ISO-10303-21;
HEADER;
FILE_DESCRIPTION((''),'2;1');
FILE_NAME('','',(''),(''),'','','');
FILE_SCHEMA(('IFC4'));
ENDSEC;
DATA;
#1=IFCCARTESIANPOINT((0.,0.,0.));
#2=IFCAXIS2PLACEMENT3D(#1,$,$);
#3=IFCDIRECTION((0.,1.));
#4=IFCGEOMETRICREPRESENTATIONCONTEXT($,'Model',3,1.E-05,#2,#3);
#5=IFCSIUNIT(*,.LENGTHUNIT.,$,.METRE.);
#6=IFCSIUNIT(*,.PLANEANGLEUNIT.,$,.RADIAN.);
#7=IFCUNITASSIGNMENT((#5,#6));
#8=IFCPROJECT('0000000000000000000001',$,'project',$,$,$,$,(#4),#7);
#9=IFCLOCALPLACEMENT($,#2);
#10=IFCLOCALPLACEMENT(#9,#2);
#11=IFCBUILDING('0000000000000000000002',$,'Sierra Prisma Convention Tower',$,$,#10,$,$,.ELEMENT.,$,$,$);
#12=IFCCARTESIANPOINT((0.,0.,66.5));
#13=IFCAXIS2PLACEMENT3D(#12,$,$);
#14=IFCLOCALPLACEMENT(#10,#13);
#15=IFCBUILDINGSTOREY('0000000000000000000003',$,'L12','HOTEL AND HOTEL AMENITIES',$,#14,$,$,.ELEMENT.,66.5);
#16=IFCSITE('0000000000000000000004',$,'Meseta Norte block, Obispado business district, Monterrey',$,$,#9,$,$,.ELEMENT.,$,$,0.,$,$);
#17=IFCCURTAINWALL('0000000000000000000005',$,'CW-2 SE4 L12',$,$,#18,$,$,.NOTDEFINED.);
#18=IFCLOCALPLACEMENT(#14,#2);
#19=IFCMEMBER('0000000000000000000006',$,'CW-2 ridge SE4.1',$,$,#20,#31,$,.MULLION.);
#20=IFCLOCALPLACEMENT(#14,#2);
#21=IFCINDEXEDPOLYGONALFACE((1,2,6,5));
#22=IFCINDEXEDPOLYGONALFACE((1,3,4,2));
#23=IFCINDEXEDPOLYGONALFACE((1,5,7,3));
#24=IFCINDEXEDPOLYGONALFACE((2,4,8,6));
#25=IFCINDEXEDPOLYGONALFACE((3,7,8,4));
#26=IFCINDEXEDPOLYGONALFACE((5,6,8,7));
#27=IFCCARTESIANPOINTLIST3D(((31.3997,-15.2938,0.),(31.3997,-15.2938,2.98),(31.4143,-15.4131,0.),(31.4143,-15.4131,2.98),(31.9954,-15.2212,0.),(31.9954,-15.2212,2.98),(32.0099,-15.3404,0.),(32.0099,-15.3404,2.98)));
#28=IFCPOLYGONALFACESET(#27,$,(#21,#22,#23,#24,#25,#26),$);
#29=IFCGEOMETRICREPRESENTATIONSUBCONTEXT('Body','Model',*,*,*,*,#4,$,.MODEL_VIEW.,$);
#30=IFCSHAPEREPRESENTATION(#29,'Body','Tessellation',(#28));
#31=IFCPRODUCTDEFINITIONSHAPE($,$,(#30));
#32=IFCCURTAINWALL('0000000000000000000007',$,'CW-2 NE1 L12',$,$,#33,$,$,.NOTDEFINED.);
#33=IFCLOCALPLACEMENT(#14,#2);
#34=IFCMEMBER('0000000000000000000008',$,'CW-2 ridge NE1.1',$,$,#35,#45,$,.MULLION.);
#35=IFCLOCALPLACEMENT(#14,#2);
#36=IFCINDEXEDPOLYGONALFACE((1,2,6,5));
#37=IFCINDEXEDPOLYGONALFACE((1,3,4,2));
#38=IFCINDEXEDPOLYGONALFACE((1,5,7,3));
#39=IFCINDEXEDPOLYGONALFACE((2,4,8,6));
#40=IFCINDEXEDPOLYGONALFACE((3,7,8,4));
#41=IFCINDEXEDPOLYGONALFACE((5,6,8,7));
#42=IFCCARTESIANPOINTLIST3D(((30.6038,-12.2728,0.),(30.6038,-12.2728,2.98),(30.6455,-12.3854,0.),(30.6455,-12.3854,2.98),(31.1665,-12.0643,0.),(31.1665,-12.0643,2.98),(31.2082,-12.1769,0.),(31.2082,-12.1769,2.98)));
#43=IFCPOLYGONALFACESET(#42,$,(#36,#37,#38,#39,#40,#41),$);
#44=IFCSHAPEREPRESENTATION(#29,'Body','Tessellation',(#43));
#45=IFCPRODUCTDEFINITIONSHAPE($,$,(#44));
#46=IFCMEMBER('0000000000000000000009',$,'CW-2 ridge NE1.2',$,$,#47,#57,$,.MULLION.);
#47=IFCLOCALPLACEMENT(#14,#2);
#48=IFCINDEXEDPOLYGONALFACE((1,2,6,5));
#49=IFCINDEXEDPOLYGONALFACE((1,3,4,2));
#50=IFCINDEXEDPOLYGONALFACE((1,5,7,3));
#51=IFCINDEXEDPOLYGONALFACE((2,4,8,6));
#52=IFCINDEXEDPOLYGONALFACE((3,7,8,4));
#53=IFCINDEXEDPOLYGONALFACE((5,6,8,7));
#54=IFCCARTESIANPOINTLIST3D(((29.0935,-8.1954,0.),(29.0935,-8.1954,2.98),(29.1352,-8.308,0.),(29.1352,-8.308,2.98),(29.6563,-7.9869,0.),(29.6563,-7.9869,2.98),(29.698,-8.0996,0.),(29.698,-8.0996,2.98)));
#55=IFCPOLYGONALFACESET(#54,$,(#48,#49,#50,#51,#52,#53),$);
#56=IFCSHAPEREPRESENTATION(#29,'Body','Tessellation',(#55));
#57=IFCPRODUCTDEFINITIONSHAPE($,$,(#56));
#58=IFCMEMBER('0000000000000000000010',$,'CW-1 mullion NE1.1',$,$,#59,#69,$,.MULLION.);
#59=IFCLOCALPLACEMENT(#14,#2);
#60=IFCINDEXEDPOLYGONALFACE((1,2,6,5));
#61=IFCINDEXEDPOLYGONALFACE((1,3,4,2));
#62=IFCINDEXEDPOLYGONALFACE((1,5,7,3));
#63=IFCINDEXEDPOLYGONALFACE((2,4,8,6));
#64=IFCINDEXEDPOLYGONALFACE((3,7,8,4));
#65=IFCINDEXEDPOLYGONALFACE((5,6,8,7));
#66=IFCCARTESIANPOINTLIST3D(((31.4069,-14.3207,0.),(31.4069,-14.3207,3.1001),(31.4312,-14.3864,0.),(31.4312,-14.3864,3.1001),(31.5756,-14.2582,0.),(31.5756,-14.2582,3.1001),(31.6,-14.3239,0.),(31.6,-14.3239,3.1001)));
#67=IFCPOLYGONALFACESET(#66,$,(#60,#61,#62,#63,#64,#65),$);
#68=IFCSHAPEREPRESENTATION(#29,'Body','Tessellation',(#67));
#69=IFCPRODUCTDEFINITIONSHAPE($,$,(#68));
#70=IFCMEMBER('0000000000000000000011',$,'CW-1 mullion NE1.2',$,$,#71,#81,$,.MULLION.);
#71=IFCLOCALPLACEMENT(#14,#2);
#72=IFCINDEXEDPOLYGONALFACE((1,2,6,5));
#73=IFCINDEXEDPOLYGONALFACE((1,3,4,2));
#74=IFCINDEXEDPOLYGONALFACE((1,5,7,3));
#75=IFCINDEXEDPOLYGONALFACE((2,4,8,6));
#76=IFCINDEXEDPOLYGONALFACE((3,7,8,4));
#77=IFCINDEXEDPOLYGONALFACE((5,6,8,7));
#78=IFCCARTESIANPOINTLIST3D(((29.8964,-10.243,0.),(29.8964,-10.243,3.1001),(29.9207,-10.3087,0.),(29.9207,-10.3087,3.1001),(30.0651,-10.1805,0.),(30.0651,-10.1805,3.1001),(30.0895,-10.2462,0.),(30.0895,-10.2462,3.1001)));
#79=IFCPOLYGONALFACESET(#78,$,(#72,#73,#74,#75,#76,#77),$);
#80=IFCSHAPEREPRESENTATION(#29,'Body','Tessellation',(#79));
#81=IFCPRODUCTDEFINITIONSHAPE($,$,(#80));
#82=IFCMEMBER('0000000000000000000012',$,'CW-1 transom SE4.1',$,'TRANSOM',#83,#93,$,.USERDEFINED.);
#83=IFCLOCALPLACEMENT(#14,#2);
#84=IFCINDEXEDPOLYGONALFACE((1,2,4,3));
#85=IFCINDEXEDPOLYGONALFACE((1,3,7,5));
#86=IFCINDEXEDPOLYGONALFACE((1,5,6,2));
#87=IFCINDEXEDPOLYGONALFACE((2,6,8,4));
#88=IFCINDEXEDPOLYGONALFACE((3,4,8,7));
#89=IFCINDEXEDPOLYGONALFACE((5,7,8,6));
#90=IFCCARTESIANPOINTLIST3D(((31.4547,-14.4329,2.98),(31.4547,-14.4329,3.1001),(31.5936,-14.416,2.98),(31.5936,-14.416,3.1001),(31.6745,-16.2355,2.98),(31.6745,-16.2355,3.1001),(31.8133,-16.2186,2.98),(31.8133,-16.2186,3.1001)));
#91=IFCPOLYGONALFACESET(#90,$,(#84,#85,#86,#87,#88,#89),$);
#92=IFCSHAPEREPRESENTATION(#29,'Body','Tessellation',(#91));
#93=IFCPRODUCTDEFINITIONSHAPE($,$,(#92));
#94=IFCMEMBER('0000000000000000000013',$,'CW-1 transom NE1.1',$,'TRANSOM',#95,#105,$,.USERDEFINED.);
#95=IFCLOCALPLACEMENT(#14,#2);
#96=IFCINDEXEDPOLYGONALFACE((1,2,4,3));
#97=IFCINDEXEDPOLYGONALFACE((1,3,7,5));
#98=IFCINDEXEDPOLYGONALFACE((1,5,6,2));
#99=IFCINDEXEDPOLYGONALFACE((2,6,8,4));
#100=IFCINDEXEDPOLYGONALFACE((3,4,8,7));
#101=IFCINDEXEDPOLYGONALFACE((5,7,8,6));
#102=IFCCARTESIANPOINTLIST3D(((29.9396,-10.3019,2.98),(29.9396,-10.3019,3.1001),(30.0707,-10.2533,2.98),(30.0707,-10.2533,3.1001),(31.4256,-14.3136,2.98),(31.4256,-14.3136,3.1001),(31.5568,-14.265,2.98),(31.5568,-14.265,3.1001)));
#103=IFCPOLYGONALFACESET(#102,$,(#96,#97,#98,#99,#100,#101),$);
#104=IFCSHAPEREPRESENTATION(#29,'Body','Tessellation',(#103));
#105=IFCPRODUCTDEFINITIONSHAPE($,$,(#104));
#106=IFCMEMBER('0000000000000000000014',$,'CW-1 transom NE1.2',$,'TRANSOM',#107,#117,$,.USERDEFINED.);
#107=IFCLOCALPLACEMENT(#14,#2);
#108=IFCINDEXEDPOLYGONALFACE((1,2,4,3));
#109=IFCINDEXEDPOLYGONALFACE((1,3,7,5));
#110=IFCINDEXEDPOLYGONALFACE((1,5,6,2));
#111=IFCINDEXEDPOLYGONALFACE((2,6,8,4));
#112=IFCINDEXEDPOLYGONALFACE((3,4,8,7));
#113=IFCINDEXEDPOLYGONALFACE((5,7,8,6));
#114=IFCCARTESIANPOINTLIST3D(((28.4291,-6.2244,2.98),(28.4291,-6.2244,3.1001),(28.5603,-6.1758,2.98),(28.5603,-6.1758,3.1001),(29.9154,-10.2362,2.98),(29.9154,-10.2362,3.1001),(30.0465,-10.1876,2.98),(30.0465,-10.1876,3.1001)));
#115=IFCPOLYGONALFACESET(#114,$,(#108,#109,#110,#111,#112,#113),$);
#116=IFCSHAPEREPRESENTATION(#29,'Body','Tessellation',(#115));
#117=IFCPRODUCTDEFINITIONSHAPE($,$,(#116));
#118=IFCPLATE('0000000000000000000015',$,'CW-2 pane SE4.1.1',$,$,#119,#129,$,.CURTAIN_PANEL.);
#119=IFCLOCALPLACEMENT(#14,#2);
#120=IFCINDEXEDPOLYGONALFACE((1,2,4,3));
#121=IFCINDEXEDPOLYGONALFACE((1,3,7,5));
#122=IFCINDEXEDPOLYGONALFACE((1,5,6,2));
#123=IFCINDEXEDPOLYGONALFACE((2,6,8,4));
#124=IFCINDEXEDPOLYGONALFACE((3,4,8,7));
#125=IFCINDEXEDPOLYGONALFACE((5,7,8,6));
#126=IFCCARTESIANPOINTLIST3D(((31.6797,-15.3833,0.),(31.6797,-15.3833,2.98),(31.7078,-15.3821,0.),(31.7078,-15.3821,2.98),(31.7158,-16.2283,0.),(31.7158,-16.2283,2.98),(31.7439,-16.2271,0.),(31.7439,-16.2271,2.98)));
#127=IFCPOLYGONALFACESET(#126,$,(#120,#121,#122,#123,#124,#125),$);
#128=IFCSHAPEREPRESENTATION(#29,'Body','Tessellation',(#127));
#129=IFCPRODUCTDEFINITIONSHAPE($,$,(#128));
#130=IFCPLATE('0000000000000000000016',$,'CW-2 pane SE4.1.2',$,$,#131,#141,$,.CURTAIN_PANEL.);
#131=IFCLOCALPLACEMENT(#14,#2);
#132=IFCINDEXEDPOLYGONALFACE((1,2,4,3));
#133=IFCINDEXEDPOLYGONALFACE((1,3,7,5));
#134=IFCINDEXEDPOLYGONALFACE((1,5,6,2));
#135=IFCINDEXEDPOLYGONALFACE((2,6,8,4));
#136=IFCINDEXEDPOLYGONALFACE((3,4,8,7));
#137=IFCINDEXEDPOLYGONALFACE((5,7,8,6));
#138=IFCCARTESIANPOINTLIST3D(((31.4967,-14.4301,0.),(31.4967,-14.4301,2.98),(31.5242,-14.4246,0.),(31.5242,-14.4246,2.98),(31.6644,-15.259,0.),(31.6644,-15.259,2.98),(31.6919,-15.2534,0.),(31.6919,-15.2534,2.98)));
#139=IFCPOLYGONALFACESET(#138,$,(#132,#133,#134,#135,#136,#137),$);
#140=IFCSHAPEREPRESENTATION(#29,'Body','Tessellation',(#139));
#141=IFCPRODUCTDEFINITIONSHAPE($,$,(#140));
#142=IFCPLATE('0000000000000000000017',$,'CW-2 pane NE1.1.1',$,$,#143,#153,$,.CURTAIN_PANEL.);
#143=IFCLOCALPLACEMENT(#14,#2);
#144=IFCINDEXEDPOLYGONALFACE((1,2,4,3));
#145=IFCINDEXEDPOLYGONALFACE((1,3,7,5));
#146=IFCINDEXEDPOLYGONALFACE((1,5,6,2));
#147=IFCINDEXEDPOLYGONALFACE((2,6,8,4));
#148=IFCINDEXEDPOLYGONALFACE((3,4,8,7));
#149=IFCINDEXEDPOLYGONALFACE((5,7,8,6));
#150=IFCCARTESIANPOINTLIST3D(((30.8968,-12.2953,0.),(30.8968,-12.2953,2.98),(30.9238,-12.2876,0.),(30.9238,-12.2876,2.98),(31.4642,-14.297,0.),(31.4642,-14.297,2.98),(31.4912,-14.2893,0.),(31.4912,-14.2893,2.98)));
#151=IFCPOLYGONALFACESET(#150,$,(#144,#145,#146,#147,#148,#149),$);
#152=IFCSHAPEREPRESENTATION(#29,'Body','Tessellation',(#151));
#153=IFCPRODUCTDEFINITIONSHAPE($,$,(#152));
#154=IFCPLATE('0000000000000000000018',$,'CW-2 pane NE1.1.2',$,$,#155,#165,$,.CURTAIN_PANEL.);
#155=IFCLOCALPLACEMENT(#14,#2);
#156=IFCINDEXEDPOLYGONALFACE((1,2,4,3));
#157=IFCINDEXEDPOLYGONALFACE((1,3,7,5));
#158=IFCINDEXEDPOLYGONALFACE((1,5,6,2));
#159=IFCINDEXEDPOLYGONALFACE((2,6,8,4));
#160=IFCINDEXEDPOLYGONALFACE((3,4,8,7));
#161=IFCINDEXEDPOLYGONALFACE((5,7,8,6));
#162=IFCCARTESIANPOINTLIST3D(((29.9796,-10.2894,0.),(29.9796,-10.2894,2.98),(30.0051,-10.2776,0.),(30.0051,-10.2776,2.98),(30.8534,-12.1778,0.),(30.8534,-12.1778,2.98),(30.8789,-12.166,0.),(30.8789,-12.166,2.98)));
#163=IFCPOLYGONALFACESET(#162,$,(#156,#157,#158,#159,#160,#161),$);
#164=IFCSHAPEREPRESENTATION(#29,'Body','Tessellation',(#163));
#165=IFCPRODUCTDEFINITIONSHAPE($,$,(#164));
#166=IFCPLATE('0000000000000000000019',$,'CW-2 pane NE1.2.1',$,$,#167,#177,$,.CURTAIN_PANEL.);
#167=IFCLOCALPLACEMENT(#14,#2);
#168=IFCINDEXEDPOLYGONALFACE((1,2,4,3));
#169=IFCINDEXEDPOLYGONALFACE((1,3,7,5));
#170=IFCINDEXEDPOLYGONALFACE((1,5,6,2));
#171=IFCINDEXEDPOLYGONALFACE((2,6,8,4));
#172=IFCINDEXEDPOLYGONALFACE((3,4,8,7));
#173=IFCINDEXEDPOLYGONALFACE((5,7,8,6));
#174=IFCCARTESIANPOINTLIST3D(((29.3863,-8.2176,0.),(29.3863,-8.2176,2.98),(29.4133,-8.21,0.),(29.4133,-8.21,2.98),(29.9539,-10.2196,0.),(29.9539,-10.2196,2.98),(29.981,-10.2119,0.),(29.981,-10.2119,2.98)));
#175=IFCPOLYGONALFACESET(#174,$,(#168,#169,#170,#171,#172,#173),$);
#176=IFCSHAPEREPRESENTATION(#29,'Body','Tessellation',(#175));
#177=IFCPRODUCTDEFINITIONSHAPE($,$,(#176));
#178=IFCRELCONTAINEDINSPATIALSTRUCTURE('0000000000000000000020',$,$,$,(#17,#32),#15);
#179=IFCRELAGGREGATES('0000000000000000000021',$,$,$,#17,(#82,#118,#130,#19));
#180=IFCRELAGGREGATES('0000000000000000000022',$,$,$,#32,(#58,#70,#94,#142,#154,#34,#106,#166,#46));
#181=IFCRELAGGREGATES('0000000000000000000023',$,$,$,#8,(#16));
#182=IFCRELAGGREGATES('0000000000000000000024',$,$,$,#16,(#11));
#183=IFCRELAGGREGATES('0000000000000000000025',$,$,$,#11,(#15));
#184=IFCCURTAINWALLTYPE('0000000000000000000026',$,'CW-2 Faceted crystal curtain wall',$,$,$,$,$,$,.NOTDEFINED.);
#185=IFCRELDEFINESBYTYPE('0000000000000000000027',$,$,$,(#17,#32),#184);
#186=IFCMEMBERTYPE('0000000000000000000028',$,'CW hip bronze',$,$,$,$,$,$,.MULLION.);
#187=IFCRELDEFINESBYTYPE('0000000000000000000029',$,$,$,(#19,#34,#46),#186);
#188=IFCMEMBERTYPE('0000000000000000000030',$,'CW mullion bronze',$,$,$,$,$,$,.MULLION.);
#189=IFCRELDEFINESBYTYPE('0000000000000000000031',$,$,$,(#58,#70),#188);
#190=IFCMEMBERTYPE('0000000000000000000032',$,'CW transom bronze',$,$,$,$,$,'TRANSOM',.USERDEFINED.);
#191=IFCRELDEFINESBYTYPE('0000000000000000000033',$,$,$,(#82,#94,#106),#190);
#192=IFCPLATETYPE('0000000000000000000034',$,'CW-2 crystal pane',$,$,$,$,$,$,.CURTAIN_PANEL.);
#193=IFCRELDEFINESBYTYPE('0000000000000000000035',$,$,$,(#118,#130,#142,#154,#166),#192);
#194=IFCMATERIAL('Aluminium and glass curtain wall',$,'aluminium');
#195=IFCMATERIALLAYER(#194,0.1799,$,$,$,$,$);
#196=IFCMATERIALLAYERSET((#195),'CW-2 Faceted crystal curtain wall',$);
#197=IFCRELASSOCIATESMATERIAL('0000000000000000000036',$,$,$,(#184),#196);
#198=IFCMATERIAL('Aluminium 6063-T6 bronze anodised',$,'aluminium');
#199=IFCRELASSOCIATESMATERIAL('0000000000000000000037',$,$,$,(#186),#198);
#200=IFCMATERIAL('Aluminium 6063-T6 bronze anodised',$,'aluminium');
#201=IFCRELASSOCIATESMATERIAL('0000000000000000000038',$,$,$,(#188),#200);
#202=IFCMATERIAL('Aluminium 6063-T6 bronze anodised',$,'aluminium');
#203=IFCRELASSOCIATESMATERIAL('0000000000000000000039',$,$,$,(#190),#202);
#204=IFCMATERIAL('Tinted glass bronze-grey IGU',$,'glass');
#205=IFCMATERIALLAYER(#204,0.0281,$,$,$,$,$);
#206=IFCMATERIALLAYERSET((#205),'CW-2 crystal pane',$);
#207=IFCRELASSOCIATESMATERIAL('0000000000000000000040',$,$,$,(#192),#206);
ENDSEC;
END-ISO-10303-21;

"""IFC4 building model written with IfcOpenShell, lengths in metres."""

from ifc_helpers import new_model, si_unit, direction, frame, origin, origin_2d, place, context, subcontext, project, spatial, polyline, rectangle, outline, extrude, material, layer, layer_set, material_profile, profile_set, type_object, element, aggregate, save


model = new_model("IFC4")

# Units and contexts
model_context = context("Model", 3, precision=1e-05, world=origin(), true_north=direction((0.0, 1.0)))
body_context = subcontext(model_context, "Body", "Model", "MODEL_VIEW")
ifc_project = project(units=[si_unit("LENGTHUNIT", "METRE"), si_unit("PLANEANGLEUNIT", "RADIAN")], contexts=[model_context])

# Site, building, storey
site_placement = place(None, origin())
site = spatial("IfcSite", under=ifc_project, at=site_placement, Name="Meseta Norte block, Obispado business district, Monterrey", CompositionType="ELEMENT", RefElevation=0.0)
building_placement = place(site_placement, origin())
building = spatial("IfcBuilding", under=site, at=building_placement, Name="Sierra Prisma Convention Tower", CompositionType="ELEMENT")
storey_placement = place(building_placement, frame((0.0, 0.0, 66.5)))
storey = spatial("IfcBuildingStorey", under=building, at=storey_placement, Name="L12", Description="HOTEL AND HOTEL AMENITIES", CompositionType="ELEMENT", Elevation=66.5)

# Curtain wall, member
ifc_material_1 = material(Name="Aluminium and glass curtain wall", Category="aluminium")
ifc_layer_1 = layer(ifc_material_1, 0.1799)
ifc_layer_set_1 = layer_set([ifc_layer_1], Name="CW-2 Faceted crystal curtain wall")
curtain_wall_type = type_object("IfcCurtainWallType", Name="CW-2 Faceted crystal curtain wall", PredefinedType="NOTDEFINED", material=ifc_layer_set_1)
curtain_wall_1_placement = place(storey_placement, origin())
curtain_wall_1 = element("IfcCurtainWall", 1, at=curtain_wall_1_placement, inside=storey, type_object=curtain_wall_type, Name="CW-2 SE4 L12", PredefinedType="NOTDEFINED")
ifc_material_2 = material(Name="Aluminium 6063-T6 bronze anodised", Category="aluminium")
ifc_material_profile_1 = material_profile(ifc_material_2, rectangle(XDim=0.1201, YDim=0.6001, at=origin_2d()), Name="ALU RIDGE BLADE 120x600")
ifc_profile_set_1 = profile_set([ifc_material_profile_1], Name="Aluminium 6063-T6 bronze anodised")
member_type_1 = type_object("IfcMemberType", Name="CW hip bronze", PredefinedType="MULLION", material=ifc_profile_set_1)
member_1_placement = place(storey_placement, frame((31.7048, -15.3171, 0.0), z_axis=(0.0, 0.0, 1.0), x_axis=(-0.121043, 0.992647, 0.0)))
member_1 = element("IfcMember", 2, at=member_1_placement, type_object=member_type_1, Name="CW-2 ridge SE4.1", PredefinedType="MULLION", context=body_context, shape_type="SweptSolid", body=[
    extrude(rectangle(XDim=0.1201, YDim=0.6001, at=origin_2d()), origin(), (0.0, 0.0, 1.0), 2.98),
])

# Curtain wall, members
curtain_wall_2_placement = place(storey_placement, origin())
curtain_wall_2 = element("IfcCurtainWall", 3, at=curtain_wall_2_placement, inside=storey, type_object=curtain_wall_type, Name="CW-2 NE1 L12", PredefinedType="NOTDEFINED")
member_2_placement = place(storey_placement, frame((30.906, -12.2249, 0.0), z_axis=(0.0, 0.0, 1.0), x_axis=(-0.347364, 0.93773, 0.0)))
member_2 = element("IfcMember", 4, at=member_2_placement, type_object=member_type_1, Name="CW-2 ridge NE1.1", PredefinedType="MULLION", context=body_context, shape_type="SweptSolid", body=[
    extrude(rectangle(XDim=0.1201, YDim=0.6001, at=origin_2d()), origin(), (0.0, 0.0, 1.0), 2.98),
])
member_3_placement = place(storey_placement, frame((29.3958, -8.1475, 0.0), z_axis=(0.0, 0.0, 1.0), x_axis=(-0.347364, 0.93773, 0.0)))
member_3 = element("IfcMember", 5, at=member_3_placement, type_object=member_type_1, Name="CW-2 ridge NE1.2", PredefinedType="MULLION", context=body_context, shape_type="SweptSolid", body=[
    extrude(rectangle(XDim=0.1201, YDim=0.6001, at=origin_2d()), origin(), (0.0, 0.0, 1.0), 2.98),
])
ifc_material_3 = material(Name="Aluminium 6063-T6 bronze anodised", Category="aluminium")
ifc_material_profile_2 = material_profile(ifc_material_3, rectangle(XDim=0.1799, YDim=0.0701, at=origin_2d()), Name="ALU MULLION 70x180")
ifc_profile_set_2 = profile_set([ifc_material_profile_2], Name="Aluminium 6063-T6 bronze anodised")
member_type_2 = type_object("IfcMemberType", Name="CW mullion bronze", PredefinedType="MULLION", material=ifc_profile_set_2)
member_4_placement = place(storey_placement, frame((31.5034, -14.3223, 0.0), z_axis=(0.0, 0.0, 1.0), x_axis=(-0.93773, -0.347364, 0.0)))
member_4 = element("IfcMember", 6, at=member_4_placement, type_object=member_type_2, Name="CW-1 mullion NE1.1", PredefinedType="MULLION", context=body_context, shape_type="SweptSolid", body=[
    extrude(rectangle(XDim=0.1799, YDim=0.0701, at=origin_2d()), origin(), (0.0, 0.0, 1.0), 3.1001),
])
member_5_placement = place(storey_placement, frame((29.9929, -10.2446, 0.0), z_axis=(0.0, 0.0, 1.0), x_axis=(-0.93773, -0.347364, 0.0)))
member_5 = element("IfcMember", 7, at=member_5_placement, type_object=member_type_2, Name="CW-1 mullion NE1.2", PredefinedType="MULLION", context=body_context, shape_type="SweptSolid", body=[
    extrude(rectangle(XDim=0.1799, YDim=0.0701, at=origin_2d()), origin(), (0.0, 0.0, 1.0), 3.1001),
])

# Members
ifc_material_4 = material(Name="Aluminium 6063-T6 bronze anodised", Category="aluminium")
ifc_material_profile_3 = material_profile(ifc_material_4, rectangle(XDim=0.1399, YDim=0.1201, at=origin_2d()), Name="ALU TRANSOM 120x140")
ifc_profile_set_3 = profile_set([ifc_material_profile_3], Name="Aluminium 6063-T6 bronze anodised")
member_type_3 = type_object("IfcMemberType", Name="CW transom bronze", ElementType="TRANSOM", PredefinedType="USERDEFINED", material=ifc_profile_set_3)
member_6_placement = place(storey_placement, frame((31.7439, -16.2271, 3.04), z_axis=(-0.121006, 0.992652, 0.0), x_axis=(-0.992652, -0.121006, 0.0)))
member_6 = element("IfcMember", 8, at=member_6_placement, type_object=member_type_3, Name="CW-1 transom SE4.1", ObjectType="TRANSOM", PredefinedType="USERDEFINED", context=body_context, shape_type="SweptSolid", body=[
    extrude(rectangle(XDim=0.1399, YDim=0.1201, at=origin_2d()), origin(), (0.0, 0.0, 1.0), 1.8159),
])
member_7_placement = place(storey_placement, frame((31.4912, -14.2893, 3.04), z_axis=(-0.347368, 0.937729, 0.0), x_axis=(-0.937729, -0.347368, 0.0)))
member_7 = element("IfcMember", 9, at=member_7_placement, type_object=member_type_3, Name="CW-1 transom NE1.1", ObjectType="TRANSOM", PredefinedType="USERDEFINED", context=body_context, shape_type="SweptSolid", body=[
    extrude(rectangle(XDim=0.1399, YDim=0.1201, at=origin_2d()), origin(), (0.0, 0.0, 1.0), 4.2781),
])
member_8_placement = place(storey_placement, frame((29.981, -10.2119, 3.04), z_axis=(-0.3474, 0.937717, 0.0), x_axis=(-0.937717, -0.3474, 0.0)))
member_8 = element("IfcMember", 10, at=member_8_placement, type_object=member_type_3, Name="CW-1 transom NE1.2", ObjectType="TRANSOM", PredefinedType="USERDEFINED", context=body_context, shape_type="SweptSolid", body=[
    extrude(rectangle(XDim=0.1399, YDim=0.1201, at=origin_2d()), origin(), (0.0, 0.0, 1.0), 4.2783),
])

# Plates
ifc_material_5 = material(Name="Tinted glass bronze-grey IGU", Category="glass")
ifc_layer_2 = layer(ifc_material_5, 0.0281)
ifc_layer_set_2 = layer_set([ifc_layer_2], Name="CW-2 crystal pane")
plate_type = type_object("IfcPlateType", Name="CW-2 crystal pane", PredefinedType="CURTAIN_PANEL", material=ifc_layer_set_2)
plate_1_placement = place(storey_placement, frame((31.7439, -16.2271, 0.0), z_axis=(0.999087, 0.042723, 0.0), x_axis=(-0.042723, 0.999087, 0.0)))
plate_1 = element("IfcPlate", 11, at=plate_1_placement, type_object=plate_type, Name="CW-2 pane SE4.1.1", PredefinedType="CURTAIN_PANEL", context=body_context, shape_type="SweptSolid", body=[
    extrude(outline(polyline([(0.0, 0.0), (0.8457, 0.0), (0.8457, 2.98), (0.0, 2.98), (0.0, 0.0)])), origin(), (0.0, 0.0, -1.0), 0.0281),
])
plate_2_placement = place(storey_placement, frame((31.5242, -14.4246, 0.0), z_axis=(0.980134, 0.198336, 0.0), x_axis=(0.198336, -0.980134, 0.0)))
plate_2 = element("IfcPlate", 12, at=plate_2_placement, type_object=plate_type, Name="CW-2 pane SE4.1.2", PredefinedType="CURTAIN_PANEL", context=body_context, shape_type="SweptSolid", body=[
    extrude(outline(polyline([(0.0, 0.0), (0.8457, 0.0), (0.8457, -2.98), (0.0, -2.98), (0.0, 0.0)])), origin(), (0.0, 0.0, -1.0), 0.0281),
])
aggregate(curtain_wall_1, [member_6, plate_1, plate_2, member_1])
plate_3_placement = place(storey_placement, frame((31.4912, -14.2893, 0.0), z_axis=(0.962097, 0.272706, 0.0), x_axis=(-0.272706, 0.962097, 0.0)))
plate_3 = element("IfcPlate", 13, at=plate_3_placement, type_object=plate_type, Name="CW-2 pane NE1.1.1", PredefinedType="CURTAIN_PANEL", context=body_context, shape_type="SweptSolid", body=[
    extrude(outline(polyline([(0.0, 0.0), (2.0806, 0.0), (2.0806, 2.98), (0.0, 2.98), (0.0, 0.0)])), origin(), (0.0, 0.0, -1.0), 0.0281),
])
plate_4_placement = place(storey_placement, frame((30.0051, -10.2776, 0.0), z_axis=(0.907557, 0.419929, 0.0), x_axis=(0.419929, -0.907557, 0.0)))
plate_4 = element("IfcPlate", 14, at=plate_4_placement, type_object=plate_type, Name="CW-2 pane NE1.1.2", PredefinedType="CURTAIN_PANEL", context=body_context, shape_type="SweptSolid", body=[
    extrude(outline(polyline([(0.0, 0.0), (2.0808, 0.0), (2.0808, -2.98), (0.0, -2.98), (0.0, 0.0)])), origin(), (0.0, 0.0, -1.0), 0.0281),
])
plate_5_placement = place(storey_placement, frame((29.981, -10.2119, 0.0), z_axis=(0.962075, 0.272784, 0.0), x_axis=(-0.272784, 0.962075, 0.0)))
plate_5 = element("IfcPlate", 15, at=plate_5_placement, type_object=plate_type, Name="CW-2 pane NE1.2.1", PredefinedType="CURTAIN_PANEL", context=body_context, shape_type="SweptSolid", body=[
    extrude(outline(polyline([(0.0, 0.0), (2.0809, 0.0), (2.0809, 2.98), (0.0, 2.98), (0.0, 0.0)])), origin(), (0.0, 0.0, -1.0), 0.0281),
])
aggregate(curtain_wall_2, [member_4, member_5, member_7, plate_3, plate_4, member_2, member_8, plate_5, member_3])

save(model, "model.ifc")
